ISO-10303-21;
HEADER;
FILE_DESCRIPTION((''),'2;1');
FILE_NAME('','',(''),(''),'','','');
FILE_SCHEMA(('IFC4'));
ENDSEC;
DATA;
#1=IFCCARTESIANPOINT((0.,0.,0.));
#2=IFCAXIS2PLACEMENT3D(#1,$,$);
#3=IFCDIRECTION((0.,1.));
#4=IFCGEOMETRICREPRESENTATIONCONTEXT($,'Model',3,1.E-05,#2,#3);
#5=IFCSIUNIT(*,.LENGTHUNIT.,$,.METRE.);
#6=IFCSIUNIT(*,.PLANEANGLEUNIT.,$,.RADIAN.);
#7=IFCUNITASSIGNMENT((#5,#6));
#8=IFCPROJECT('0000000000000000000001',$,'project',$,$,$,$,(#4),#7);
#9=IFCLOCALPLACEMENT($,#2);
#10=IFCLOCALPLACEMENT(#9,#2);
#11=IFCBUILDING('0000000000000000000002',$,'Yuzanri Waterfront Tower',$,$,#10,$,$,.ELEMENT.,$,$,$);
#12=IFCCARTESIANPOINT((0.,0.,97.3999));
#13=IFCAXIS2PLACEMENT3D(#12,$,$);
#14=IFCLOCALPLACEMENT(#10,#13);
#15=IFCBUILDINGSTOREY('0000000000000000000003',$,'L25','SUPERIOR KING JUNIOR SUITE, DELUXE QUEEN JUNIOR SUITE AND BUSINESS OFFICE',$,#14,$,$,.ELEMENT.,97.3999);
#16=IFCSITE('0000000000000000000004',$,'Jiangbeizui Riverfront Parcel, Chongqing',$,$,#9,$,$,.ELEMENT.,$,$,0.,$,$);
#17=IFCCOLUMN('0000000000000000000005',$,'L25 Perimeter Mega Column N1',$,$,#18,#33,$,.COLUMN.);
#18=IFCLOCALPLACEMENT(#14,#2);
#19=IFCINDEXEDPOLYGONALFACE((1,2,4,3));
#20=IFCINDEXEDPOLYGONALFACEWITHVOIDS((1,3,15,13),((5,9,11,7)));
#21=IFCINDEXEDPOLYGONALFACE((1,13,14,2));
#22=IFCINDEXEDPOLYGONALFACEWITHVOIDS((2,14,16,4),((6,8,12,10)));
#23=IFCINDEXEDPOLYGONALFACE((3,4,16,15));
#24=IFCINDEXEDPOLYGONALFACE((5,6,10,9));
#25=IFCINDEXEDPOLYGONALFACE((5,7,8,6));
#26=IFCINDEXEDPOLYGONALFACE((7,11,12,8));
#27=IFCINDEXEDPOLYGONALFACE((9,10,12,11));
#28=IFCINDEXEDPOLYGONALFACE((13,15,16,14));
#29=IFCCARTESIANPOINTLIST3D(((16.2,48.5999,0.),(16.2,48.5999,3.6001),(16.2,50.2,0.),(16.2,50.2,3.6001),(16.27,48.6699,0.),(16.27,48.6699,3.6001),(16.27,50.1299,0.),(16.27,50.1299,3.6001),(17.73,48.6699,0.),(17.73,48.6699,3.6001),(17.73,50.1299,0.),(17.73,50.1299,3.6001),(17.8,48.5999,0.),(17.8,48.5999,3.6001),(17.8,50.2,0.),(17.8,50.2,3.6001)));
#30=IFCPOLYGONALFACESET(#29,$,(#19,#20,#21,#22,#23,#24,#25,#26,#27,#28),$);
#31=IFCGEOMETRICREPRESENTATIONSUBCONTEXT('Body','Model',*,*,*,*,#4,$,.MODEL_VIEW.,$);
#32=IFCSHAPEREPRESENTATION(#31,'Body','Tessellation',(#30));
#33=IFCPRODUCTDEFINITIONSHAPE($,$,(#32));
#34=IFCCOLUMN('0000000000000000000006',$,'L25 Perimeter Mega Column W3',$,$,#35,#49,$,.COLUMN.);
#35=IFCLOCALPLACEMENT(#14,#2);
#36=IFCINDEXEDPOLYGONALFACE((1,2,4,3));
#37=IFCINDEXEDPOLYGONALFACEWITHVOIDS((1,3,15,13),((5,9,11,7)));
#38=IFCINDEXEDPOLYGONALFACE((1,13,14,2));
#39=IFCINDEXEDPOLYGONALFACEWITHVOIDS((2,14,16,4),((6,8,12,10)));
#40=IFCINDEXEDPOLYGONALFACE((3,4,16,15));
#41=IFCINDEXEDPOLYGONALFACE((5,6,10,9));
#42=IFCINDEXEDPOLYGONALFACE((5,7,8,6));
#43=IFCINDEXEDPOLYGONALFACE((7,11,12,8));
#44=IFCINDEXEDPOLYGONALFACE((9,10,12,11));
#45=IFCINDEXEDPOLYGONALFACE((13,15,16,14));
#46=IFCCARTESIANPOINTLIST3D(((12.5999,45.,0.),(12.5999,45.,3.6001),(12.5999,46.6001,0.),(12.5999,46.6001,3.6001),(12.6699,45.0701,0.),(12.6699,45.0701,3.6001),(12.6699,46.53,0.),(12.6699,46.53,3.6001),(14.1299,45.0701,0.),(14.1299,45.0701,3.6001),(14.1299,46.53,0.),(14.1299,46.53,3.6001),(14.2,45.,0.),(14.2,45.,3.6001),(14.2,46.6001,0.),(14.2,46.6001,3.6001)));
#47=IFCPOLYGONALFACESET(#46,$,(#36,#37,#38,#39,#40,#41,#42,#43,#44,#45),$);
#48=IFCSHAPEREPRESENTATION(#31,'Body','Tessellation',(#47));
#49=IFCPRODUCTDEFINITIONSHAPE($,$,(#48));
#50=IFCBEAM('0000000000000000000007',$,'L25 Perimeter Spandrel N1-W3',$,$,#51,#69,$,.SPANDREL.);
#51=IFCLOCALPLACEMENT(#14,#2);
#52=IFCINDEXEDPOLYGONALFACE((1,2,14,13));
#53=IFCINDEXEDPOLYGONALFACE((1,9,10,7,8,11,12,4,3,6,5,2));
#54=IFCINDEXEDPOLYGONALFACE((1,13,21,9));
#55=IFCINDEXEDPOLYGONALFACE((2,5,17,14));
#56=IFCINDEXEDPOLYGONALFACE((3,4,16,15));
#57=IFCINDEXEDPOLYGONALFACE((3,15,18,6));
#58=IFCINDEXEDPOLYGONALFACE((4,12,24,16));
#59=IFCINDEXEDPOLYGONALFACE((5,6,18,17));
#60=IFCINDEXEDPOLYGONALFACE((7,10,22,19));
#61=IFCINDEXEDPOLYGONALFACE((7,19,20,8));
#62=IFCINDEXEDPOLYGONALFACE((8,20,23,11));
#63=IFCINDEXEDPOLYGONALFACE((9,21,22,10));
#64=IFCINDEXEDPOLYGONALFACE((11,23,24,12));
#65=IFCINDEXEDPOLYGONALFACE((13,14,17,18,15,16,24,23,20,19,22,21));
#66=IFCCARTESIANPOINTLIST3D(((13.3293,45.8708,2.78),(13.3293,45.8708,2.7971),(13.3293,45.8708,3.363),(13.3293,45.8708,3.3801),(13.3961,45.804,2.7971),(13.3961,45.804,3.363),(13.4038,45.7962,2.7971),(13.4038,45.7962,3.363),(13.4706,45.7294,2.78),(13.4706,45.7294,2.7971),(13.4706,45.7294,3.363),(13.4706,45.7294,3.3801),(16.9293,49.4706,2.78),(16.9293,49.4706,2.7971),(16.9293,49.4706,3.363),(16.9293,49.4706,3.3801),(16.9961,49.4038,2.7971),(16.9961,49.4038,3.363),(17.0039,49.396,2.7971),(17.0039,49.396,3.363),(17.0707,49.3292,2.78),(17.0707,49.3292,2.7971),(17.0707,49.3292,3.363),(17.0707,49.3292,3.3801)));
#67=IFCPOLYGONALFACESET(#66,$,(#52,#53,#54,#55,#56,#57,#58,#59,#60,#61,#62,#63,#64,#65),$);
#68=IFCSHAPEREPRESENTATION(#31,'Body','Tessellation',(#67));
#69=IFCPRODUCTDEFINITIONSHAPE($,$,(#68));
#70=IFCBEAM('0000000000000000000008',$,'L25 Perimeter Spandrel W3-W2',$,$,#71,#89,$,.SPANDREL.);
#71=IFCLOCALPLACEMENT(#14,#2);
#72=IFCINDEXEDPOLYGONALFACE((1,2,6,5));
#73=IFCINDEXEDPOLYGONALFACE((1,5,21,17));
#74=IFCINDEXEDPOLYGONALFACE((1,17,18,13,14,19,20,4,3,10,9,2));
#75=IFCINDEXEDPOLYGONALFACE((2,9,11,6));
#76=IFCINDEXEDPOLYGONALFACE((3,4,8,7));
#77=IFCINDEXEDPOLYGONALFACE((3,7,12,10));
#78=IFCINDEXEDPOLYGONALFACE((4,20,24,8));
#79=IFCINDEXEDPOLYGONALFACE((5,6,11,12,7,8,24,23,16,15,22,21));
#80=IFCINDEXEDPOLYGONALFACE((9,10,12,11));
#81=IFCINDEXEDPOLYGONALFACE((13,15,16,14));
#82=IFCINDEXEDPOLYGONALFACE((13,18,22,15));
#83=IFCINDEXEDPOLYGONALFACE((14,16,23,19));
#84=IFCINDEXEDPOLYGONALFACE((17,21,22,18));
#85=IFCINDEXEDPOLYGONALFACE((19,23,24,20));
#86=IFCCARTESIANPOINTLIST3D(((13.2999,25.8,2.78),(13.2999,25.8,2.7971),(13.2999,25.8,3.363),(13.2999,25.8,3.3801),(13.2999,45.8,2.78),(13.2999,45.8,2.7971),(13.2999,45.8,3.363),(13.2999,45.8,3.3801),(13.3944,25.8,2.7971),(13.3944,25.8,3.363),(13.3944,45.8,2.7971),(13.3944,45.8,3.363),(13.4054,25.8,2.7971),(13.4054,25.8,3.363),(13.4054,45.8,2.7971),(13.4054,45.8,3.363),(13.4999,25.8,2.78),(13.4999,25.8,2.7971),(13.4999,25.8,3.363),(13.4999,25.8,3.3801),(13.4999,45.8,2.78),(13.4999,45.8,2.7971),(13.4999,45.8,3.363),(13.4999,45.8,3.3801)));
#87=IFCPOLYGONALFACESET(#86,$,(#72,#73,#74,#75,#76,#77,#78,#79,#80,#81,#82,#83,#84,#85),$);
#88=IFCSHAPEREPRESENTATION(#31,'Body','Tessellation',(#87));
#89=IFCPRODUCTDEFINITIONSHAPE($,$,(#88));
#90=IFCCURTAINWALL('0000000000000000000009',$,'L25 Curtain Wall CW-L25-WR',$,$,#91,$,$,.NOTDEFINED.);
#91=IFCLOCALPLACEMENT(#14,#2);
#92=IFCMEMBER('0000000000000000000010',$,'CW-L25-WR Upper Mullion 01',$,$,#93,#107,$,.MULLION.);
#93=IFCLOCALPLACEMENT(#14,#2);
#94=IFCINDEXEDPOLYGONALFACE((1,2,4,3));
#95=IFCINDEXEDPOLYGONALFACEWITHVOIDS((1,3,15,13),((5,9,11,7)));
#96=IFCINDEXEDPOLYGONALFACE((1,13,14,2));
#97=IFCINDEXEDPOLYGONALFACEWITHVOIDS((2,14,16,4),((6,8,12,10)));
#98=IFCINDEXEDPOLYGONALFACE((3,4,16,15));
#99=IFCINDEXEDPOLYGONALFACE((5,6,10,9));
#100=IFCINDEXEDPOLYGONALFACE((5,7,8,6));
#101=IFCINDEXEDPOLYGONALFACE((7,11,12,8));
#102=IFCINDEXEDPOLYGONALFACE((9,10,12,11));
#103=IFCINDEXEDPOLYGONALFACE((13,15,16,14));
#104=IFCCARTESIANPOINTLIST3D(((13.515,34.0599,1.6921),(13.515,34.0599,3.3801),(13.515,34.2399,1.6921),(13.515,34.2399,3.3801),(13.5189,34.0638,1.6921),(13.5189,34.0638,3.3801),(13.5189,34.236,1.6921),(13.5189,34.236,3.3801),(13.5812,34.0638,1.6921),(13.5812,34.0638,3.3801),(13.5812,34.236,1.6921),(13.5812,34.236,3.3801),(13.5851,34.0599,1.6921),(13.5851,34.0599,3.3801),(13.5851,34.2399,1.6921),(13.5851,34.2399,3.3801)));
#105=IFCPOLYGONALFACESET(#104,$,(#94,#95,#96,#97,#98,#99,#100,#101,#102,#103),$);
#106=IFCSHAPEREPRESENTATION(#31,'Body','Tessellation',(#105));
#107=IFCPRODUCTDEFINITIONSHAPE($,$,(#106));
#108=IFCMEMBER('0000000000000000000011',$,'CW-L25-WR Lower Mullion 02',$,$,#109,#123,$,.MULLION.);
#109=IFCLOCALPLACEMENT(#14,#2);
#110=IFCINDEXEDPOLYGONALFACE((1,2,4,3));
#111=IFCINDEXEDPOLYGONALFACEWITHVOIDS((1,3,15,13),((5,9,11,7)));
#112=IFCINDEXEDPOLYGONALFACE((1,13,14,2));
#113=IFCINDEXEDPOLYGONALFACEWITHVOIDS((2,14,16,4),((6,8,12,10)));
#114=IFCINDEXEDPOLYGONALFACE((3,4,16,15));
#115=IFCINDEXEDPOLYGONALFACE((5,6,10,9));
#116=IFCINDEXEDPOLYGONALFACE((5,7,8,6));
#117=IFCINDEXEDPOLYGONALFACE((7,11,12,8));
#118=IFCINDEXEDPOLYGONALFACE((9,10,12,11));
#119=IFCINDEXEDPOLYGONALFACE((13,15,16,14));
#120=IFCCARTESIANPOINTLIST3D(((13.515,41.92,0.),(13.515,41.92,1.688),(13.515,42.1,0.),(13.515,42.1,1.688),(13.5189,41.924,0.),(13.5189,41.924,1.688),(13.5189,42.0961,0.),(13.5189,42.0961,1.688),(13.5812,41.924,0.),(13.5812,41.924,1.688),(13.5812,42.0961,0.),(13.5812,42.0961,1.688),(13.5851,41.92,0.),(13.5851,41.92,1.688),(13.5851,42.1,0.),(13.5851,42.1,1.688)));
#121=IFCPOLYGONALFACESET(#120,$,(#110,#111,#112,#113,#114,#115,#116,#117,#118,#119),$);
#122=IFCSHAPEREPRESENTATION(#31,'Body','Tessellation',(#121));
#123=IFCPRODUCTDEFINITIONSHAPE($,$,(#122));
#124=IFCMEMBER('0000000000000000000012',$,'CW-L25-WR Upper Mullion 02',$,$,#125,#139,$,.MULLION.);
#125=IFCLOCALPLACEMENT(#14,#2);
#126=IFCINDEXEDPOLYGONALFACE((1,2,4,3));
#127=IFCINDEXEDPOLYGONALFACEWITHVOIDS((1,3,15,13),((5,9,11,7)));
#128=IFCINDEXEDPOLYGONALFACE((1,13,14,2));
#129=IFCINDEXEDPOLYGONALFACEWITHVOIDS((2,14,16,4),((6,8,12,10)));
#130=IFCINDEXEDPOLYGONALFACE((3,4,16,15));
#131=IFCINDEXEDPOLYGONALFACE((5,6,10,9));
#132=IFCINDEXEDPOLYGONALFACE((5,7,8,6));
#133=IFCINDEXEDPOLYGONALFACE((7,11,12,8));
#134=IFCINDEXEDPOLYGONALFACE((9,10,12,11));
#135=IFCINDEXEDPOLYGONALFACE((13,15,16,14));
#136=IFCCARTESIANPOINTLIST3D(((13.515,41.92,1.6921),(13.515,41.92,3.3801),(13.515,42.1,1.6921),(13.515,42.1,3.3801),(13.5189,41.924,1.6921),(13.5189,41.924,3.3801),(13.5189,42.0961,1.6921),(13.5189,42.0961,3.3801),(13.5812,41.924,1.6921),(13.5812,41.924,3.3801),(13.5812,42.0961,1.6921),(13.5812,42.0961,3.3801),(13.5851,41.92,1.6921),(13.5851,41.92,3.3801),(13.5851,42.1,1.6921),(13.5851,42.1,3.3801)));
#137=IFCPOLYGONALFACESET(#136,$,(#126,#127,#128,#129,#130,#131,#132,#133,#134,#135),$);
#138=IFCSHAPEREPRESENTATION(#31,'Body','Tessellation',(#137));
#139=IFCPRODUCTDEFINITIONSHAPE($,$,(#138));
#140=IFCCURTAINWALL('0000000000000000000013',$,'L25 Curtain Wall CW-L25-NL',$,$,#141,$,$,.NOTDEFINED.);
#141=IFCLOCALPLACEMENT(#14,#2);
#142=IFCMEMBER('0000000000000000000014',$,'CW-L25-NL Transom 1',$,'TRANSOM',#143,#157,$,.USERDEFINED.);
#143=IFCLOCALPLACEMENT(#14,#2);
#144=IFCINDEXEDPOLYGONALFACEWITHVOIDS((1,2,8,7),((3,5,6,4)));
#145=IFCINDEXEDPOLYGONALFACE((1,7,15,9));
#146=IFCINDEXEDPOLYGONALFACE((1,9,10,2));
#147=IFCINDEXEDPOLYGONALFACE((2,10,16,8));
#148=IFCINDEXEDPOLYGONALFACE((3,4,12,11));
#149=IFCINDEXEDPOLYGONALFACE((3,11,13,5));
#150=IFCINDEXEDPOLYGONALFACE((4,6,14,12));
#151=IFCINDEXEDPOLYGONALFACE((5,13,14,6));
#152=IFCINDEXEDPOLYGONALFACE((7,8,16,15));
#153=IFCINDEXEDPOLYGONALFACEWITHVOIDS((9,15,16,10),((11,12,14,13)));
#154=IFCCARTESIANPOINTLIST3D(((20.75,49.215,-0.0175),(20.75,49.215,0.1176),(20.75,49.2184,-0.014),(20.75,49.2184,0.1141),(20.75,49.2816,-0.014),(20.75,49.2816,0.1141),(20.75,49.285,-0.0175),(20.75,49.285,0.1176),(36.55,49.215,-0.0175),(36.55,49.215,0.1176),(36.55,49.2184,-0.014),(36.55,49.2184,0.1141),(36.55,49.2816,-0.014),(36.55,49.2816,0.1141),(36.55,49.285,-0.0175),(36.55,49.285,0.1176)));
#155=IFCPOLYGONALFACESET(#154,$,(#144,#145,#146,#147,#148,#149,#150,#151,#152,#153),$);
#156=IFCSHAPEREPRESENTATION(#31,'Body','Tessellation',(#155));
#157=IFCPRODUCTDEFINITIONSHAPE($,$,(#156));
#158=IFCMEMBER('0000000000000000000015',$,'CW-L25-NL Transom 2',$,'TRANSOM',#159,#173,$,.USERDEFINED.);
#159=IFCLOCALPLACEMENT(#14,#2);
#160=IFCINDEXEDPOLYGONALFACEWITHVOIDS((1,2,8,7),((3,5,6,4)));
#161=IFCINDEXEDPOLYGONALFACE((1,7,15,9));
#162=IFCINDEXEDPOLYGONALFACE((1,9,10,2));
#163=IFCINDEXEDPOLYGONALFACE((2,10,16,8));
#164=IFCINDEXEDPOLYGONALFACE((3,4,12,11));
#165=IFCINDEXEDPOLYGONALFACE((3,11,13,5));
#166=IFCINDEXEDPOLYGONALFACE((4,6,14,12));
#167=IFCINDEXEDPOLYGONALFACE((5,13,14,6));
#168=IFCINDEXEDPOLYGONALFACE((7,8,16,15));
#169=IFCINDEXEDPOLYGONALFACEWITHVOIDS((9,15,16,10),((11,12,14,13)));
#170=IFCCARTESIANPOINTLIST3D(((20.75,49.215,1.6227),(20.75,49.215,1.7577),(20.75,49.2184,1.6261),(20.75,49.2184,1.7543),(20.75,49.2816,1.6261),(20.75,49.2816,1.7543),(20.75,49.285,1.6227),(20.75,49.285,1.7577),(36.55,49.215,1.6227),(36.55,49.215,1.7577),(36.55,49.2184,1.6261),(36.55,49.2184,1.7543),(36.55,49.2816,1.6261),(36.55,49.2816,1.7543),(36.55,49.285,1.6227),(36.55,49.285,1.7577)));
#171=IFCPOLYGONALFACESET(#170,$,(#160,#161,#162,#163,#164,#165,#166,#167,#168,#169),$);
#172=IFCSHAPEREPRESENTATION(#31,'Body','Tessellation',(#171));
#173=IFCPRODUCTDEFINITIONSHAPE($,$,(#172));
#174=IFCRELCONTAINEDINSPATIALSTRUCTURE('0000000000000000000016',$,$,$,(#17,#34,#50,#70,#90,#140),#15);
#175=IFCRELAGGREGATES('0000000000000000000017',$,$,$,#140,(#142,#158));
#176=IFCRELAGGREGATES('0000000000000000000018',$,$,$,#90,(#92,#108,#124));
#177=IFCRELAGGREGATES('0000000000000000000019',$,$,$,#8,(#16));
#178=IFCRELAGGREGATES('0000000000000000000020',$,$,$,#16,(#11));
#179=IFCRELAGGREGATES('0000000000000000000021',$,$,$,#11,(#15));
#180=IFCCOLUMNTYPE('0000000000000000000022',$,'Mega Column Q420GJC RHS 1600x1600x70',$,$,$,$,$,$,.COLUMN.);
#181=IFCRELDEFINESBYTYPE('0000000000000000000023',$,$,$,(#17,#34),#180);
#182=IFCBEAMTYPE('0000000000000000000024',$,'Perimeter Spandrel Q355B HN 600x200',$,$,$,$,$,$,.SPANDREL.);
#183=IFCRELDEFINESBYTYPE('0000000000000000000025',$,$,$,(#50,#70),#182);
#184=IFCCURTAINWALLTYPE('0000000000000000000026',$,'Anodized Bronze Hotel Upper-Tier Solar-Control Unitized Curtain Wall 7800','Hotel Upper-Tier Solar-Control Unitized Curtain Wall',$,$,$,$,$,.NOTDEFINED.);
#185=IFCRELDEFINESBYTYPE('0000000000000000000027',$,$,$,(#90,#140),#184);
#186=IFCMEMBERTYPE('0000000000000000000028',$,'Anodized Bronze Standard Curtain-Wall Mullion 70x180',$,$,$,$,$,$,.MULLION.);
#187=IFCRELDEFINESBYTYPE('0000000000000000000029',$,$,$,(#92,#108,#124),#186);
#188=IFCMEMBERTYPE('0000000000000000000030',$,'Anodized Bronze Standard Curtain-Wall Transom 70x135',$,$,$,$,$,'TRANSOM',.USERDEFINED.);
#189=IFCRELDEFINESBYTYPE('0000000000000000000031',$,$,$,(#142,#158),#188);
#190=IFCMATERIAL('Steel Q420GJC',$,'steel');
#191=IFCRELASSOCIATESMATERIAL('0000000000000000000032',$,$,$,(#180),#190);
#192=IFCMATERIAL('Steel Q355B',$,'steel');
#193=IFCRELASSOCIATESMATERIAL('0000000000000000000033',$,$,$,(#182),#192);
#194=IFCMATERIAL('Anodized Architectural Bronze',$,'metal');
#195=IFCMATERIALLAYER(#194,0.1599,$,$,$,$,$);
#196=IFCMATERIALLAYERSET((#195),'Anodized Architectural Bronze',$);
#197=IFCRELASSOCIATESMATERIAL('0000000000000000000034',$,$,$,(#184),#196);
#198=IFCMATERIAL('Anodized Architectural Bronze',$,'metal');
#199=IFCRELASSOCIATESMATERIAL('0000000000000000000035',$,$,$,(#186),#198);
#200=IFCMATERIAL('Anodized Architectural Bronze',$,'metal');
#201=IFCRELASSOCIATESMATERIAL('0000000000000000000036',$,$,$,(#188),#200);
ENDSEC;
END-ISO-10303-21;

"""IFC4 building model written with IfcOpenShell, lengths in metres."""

from ifc_helpers import new_model, si_unit, direction, frame, origin, origin_2d, place, context, subcontext, project, spatial, hollow_rectangle, i_section, extrude, source, transform, mapped, material, layer, layer_set, material_profile, profile_set, type_object, element, aggregate, save


model = new_model("IFC4")

# Units and contexts
model_context = context("Model", 3, precision=1e-05, world=origin(), true_north=direction((0.0, 1.0)))
body_context = subcontext(model_context, "Body", "Model", "MODEL_VIEW")
ifc_project = project(units=[si_unit("LENGTHUNIT", "METRE"), si_unit("PLANEANGLEUNIT", "RADIAN")], contexts=[model_context])

# Site, building, storey
site_placement = place(None, origin())
site = spatial("IfcSite", under=ifc_project, at=site_placement, Name="Jiangbeizui Riverfront Parcel, Chongqing", CompositionType="ELEMENT", RefElevation=0.0)
building_placement = place(site_placement, origin())
building = spatial("IfcBuilding", under=site, at=building_placement, Name="Yuzanri Waterfront Tower", CompositionType="ELEMENT")
storey_placement = place(building_placement, frame((0.0, 0.0, 97.3999)))
storey = spatial("IfcBuildingStorey", under=building, at=storey_placement, Name="L25", Description="SUPERIOR KING JUNIOR SUITE, DELUXE QUEEN JUNIOR SUITE AND BUSINESS OFFICE", CompositionType="ELEMENT", Elevation=97.3999)

# Columns
ifc_material_1 = material(Name="Steel Q420GJC", Category="steel")
ifc_material_profile_1 = material_profile(ifc_material_1, hollow_rectangle(XDim=1.6001, YDim=1.6001, WallThickness=0.0701, at=origin_2d()), Name="RHS 1600x1600x70")
ifc_profile_set_1 = profile_set([ifc_material_profile_1], Name="Steel Q420GJC")
column_type = type_object("IfcColumnType", Name="Mega Column Q420GJC RHS 1600x1600x70", PredefinedType="COLUMN", material=ifc_profile_set_1)
shared_shape_1 = source(origin(), body_context, "Body", "SweptSolid", [
    extrude(hollow_rectangle(XDim=1.6001, YDim=1.6001, WallThickness=0.0701, at=origin_2d()), origin(), (0.0, 0.0, 1.0), 3.6001),
])
for number, where, z_axis, x_axis, name in (
    (1, (17.0, 49.3999, 0.0), (0.0, 0.0, 1.0), (1.0, 0.0, 0.0), "L25 Perimeter Mega Column N1"),
    (2, (13.3999, 45.8, 0.0), (0.0, 0.0, 1.0), (1.0, 0.0, 0.0), "L25 Perimeter Mega Column W3"),
):
    element("IfcColumn", number, at=place(storey_placement, frame(where, z_axis=z_axis, x_axis=x_axis)), inside=storey, type_object=column_type, Name=name, PredefinedType="COLUMN", context=body_context, shape_type="MappedRepresentation", body=[
        mapped(shared_shape_1, transform((0.0, 0.0, 0.0), scale=1.0)),
    ])

# Beams
ifc_material_2 = material(Name="Steel Q355B", Category="steel")
ifc_material_profile_2 = material_profile(ifc_material_2, i_section(OverallWidth=0.2, OverallDepth=0.6001, WebThickness=0.011, FlangeThickness=0.0171, at=origin_2d()), Name="HN 600x200x11x17")
ifc_profile_set_2 = profile_set([ifc_material_profile_2], Name="Steel Q355B")
beam_type = type_object("IfcBeamType", Name="Perimeter Spandrel Q355B HN 600x200", PredefinedType="SPANDREL", material=ifc_profile_set_2)
shared_shape_2 = source(origin(), body_context, "Body", "SweptSolid", [
    extrude(i_section(OverallWidth=0.2, OverallDepth=0.6001, WebThickness=0.011, FlangeThickness=0.0171, at=origin_2d()), origin(), (0.0, 0.0, 1.0), 5.0911),
])
beam_1_placement = place(storey_placement, frame((17.0, 49.3999, 3.0801), z_axis=(-0.707131, -0.707083, 0.0), x_axis=(0.707083, -0.707131, 0.0)))
element("IfcBeam", 3, at=beam_1_placement, inside=storey, type_object=beam_type, Name="L25 Perimeter Spandrel N1-W3", PredefinedType="SPANDREL", context=body_context, shape_type="MappedRepresentation", body=[
    mapped(shared_shape_2, transform((0.0, 0.0, 0.0), scale=1.0)),
])
shared_shape_3 = source(origin(), body_context, "Body", "SweptSolid", [
    extrude(i_section(OverallWidth=0.2, OverallDepth=0.6001, WebThickness=0.011, FlangeThickness=0.0171, at=origin_2d()), origin(), (0.0, 0.0, 1.0), 20.0),
])
beam_2_placement = place(storey_placement, frame((13.3999, 45.8, 3.0801), z_axis=(0.0, -1.0, 0.0), x_axis=(1.0, 0.0, 0.0)))
element("IfcBeam", 4, at=beam_2_placement, inside=storey, type_object=beam_type, Name="L25 Perimeter Spandrel W3-W2", PredefinedType="SPANDREL", context=body_context, shape_type="MappedRepresentation", body=[
    mapped(shared_shape_3, transform((0.0, 0.0, 0.0), scale=1.0)),
])

# Curtain walls, members
ifc_material_3 = material(Name="Anodized Architectural Bronze", Category="metal")
ifc_layer_1 = layer(ifc_material_3, 0.1599)
ifc_layer_set_1 = layer_set([ifc_layer_1], Name="Anodized Architectural Bronze")
curtain_wall_type = type_object("IfcCurtainWallType", Name="Anodized Bronze Hotel Upper-Tier Solar-Control Unitized Curtain Wall 7800", Description="Hotel Upper-Tier Solar-Control Unitized Curtain Wall", PredefinedType="NOTDEFINED", material=ifc_layer_set_1)
curtain_wall_1_placement = place(storey_placement, origin())
curtain_wall_1 = element("IfcCurtainWall", 5, at=curtain_wall_1_placement, inside=storey, type_object=curtain_wall_type, Name="L25 Curtain Wall CW-L25-WR", PredefinedType="NOTDEFINED")
ifc_material_4 = material(Name="Anodized Architectural Bronze", Category="metal")
ifc_material_profile_3 = material_profile(ifc_material_4, hollow_rectangle(XDim=0.0701, YDim=0.1799, WallThickness=0.0039, at=origin_2d()), Name="CWM 70x180")
ifc_profile_set_3 = profile_set([ifc_material_profile_3], Name="Anodized Architectural Bronze")
member_type_1 = type_object("IfcMemberType", Name="Anodized Bronze Standard Curtain-Wall Mullion 70x180", PredefinedType="MULLION", material=ifc_profile_set_3)
shared_shape_4 = source(origin(), body_context, "Body", "SweptSolid", [
    extrude(hollow_rectangle(XDim=0.0701, YDim=0.1799, WallThickness=0.0039, at=origin_2d()), origin(), (0.0, 0.0, 1.0), 1.688),
])
member_1_placement = place(storey_placement, frame((13.55, 34.1499, 1.6921), z_axis=(0.0, 0.0, 1.0), x_axis=(1.0, 0.0, 0.0)))
member_1 = element("IfcMember", 6, at=member_1_placement, type_object=member_type_1, Name="CW-L25-WR Upper Mullion 01", PredefinedType="MULLION", context=body_context, shape_type="MappedRepresentation", body=[
    mapped(shared_shape_4, transform((0.0, 0.0, 0.0), scale=1.0)),
])
member_2_placement = place(storey_placement, frame((13.55, 42.01, 0.0), z_axis=(0.0, 0.0, 1.0), x_axis=(1.0, 0.0, 0.0)))
member_2 = element("IfcMember", 7, at=member_2_placement, type_object=member_type_1, Name="CW-L25-WR Lower Mullion 02", PredefinedType="MULLION", context=body_context, shape_type="MappedRepresentation", body=[
    mapped(shared_shape_4, transform((0.0, 0.0, 0.0), scale=1.0)),
])
member_3_placement = place(storey_placement, frame((13.55, 42.01, 1.6921), z_axis=(0.0, 0.0, 1.0), x_axis=(1.0, 0.0, 0.0)))
member_3 = element("IfcMember", 8, at=member_3_placement, type_object=member_type_1, Name="CW-L25-WR Upper Mullion 02", PredefinedType="MULLION", context=body_context, shape_type="MappedRepresentation", body=[
    mapped(shared_shape_4, transform((0.0, 0.0, 0.0), scale=1.0)),
])
curtain_wall_2_placement = place(storey_placement, origin())
curtain_wall_2 = element("IfcCurtainWall", 9, at=curtain_wall_2_placement, inside=storey, type_object=curtain_wall_type, Name="L25 Curtain Wall CW-L25-NL", PredefinedType="NOTDEFINED")
ifc_material_5 = material(Name="Anodized Architectural Bronze", Category="metal")
ifc_material_profile_4 = material_profile(ifc_material_5, hollow_rectangle(XDim=0.0701, YDim=0.135, WallThickness=0.0034, at=origin_2d()), Name="CWT 70x135")
ifc_profile_set_4 = profile_set([ifc_material_profile_4], Name="Anodized Architectural Bronze")
member_type_2 = type_object("IfcMemberType", Name="Anodized Bronze Standard Curtain-Wall Transom 70x135", ElementType="TRANSOM", PredefinedType="USERDEFINED", material=ifc_profile_set_4)
shared_shape_5 = source(origin(), body_context, "Body", "SweptSolid", [
    extrude(hollow_rectangle(XDim=0.0701, YDim=0.135, WallThickness=0.0034, at=origin_2d()), origin(), (0.0, 0.0, 1.0), 15.8),
])
member_4_placement = place(storey_placement, frame((20.75, 49.25, 0.05), z_axis=(1.0, 0.0, 0.0), x_axis=(0.0, 1.0, 0.0)))
member_4 = element("IfcMember", 10, at=member_4_placement, type_object=member_type_2, Name="CW-L25-NL Transom 1", ObjectType="TRANSOM", PredefinedType="USERDEFINED", context=body_context, shape_type="MappedRepresentation", body=[
    mapped(shared_shape_5, transform((0.0, 0.0, 0.0), scale=1.0)),
])
member_5_placement = place(storey_placement, frame((20.75, 49.25, 1.6902), z_axis=(1.0, 0.0, 0.0), x_axis=(0.0, 1.0, 0.0)))
member_5 = element("IfcMember", 11, at=member_5_placement, type_object=member_type_2, Name="CW-L25-NL Transom 2", ObjectType="TRANSOM", PredefinedType="USERDEFINED", context=body_context, shape_type="MappedRepresentation", body=[
    mapped(shared_shape_5, transform((0.0, 0.0, 0.0), scale=1.0)),
])
aggregate(curtain_wall_2, [member_4, member_5])

aggregate(curtain_wall_1, [member_1, member_2, member_3])

save(model, "model.ifc")
